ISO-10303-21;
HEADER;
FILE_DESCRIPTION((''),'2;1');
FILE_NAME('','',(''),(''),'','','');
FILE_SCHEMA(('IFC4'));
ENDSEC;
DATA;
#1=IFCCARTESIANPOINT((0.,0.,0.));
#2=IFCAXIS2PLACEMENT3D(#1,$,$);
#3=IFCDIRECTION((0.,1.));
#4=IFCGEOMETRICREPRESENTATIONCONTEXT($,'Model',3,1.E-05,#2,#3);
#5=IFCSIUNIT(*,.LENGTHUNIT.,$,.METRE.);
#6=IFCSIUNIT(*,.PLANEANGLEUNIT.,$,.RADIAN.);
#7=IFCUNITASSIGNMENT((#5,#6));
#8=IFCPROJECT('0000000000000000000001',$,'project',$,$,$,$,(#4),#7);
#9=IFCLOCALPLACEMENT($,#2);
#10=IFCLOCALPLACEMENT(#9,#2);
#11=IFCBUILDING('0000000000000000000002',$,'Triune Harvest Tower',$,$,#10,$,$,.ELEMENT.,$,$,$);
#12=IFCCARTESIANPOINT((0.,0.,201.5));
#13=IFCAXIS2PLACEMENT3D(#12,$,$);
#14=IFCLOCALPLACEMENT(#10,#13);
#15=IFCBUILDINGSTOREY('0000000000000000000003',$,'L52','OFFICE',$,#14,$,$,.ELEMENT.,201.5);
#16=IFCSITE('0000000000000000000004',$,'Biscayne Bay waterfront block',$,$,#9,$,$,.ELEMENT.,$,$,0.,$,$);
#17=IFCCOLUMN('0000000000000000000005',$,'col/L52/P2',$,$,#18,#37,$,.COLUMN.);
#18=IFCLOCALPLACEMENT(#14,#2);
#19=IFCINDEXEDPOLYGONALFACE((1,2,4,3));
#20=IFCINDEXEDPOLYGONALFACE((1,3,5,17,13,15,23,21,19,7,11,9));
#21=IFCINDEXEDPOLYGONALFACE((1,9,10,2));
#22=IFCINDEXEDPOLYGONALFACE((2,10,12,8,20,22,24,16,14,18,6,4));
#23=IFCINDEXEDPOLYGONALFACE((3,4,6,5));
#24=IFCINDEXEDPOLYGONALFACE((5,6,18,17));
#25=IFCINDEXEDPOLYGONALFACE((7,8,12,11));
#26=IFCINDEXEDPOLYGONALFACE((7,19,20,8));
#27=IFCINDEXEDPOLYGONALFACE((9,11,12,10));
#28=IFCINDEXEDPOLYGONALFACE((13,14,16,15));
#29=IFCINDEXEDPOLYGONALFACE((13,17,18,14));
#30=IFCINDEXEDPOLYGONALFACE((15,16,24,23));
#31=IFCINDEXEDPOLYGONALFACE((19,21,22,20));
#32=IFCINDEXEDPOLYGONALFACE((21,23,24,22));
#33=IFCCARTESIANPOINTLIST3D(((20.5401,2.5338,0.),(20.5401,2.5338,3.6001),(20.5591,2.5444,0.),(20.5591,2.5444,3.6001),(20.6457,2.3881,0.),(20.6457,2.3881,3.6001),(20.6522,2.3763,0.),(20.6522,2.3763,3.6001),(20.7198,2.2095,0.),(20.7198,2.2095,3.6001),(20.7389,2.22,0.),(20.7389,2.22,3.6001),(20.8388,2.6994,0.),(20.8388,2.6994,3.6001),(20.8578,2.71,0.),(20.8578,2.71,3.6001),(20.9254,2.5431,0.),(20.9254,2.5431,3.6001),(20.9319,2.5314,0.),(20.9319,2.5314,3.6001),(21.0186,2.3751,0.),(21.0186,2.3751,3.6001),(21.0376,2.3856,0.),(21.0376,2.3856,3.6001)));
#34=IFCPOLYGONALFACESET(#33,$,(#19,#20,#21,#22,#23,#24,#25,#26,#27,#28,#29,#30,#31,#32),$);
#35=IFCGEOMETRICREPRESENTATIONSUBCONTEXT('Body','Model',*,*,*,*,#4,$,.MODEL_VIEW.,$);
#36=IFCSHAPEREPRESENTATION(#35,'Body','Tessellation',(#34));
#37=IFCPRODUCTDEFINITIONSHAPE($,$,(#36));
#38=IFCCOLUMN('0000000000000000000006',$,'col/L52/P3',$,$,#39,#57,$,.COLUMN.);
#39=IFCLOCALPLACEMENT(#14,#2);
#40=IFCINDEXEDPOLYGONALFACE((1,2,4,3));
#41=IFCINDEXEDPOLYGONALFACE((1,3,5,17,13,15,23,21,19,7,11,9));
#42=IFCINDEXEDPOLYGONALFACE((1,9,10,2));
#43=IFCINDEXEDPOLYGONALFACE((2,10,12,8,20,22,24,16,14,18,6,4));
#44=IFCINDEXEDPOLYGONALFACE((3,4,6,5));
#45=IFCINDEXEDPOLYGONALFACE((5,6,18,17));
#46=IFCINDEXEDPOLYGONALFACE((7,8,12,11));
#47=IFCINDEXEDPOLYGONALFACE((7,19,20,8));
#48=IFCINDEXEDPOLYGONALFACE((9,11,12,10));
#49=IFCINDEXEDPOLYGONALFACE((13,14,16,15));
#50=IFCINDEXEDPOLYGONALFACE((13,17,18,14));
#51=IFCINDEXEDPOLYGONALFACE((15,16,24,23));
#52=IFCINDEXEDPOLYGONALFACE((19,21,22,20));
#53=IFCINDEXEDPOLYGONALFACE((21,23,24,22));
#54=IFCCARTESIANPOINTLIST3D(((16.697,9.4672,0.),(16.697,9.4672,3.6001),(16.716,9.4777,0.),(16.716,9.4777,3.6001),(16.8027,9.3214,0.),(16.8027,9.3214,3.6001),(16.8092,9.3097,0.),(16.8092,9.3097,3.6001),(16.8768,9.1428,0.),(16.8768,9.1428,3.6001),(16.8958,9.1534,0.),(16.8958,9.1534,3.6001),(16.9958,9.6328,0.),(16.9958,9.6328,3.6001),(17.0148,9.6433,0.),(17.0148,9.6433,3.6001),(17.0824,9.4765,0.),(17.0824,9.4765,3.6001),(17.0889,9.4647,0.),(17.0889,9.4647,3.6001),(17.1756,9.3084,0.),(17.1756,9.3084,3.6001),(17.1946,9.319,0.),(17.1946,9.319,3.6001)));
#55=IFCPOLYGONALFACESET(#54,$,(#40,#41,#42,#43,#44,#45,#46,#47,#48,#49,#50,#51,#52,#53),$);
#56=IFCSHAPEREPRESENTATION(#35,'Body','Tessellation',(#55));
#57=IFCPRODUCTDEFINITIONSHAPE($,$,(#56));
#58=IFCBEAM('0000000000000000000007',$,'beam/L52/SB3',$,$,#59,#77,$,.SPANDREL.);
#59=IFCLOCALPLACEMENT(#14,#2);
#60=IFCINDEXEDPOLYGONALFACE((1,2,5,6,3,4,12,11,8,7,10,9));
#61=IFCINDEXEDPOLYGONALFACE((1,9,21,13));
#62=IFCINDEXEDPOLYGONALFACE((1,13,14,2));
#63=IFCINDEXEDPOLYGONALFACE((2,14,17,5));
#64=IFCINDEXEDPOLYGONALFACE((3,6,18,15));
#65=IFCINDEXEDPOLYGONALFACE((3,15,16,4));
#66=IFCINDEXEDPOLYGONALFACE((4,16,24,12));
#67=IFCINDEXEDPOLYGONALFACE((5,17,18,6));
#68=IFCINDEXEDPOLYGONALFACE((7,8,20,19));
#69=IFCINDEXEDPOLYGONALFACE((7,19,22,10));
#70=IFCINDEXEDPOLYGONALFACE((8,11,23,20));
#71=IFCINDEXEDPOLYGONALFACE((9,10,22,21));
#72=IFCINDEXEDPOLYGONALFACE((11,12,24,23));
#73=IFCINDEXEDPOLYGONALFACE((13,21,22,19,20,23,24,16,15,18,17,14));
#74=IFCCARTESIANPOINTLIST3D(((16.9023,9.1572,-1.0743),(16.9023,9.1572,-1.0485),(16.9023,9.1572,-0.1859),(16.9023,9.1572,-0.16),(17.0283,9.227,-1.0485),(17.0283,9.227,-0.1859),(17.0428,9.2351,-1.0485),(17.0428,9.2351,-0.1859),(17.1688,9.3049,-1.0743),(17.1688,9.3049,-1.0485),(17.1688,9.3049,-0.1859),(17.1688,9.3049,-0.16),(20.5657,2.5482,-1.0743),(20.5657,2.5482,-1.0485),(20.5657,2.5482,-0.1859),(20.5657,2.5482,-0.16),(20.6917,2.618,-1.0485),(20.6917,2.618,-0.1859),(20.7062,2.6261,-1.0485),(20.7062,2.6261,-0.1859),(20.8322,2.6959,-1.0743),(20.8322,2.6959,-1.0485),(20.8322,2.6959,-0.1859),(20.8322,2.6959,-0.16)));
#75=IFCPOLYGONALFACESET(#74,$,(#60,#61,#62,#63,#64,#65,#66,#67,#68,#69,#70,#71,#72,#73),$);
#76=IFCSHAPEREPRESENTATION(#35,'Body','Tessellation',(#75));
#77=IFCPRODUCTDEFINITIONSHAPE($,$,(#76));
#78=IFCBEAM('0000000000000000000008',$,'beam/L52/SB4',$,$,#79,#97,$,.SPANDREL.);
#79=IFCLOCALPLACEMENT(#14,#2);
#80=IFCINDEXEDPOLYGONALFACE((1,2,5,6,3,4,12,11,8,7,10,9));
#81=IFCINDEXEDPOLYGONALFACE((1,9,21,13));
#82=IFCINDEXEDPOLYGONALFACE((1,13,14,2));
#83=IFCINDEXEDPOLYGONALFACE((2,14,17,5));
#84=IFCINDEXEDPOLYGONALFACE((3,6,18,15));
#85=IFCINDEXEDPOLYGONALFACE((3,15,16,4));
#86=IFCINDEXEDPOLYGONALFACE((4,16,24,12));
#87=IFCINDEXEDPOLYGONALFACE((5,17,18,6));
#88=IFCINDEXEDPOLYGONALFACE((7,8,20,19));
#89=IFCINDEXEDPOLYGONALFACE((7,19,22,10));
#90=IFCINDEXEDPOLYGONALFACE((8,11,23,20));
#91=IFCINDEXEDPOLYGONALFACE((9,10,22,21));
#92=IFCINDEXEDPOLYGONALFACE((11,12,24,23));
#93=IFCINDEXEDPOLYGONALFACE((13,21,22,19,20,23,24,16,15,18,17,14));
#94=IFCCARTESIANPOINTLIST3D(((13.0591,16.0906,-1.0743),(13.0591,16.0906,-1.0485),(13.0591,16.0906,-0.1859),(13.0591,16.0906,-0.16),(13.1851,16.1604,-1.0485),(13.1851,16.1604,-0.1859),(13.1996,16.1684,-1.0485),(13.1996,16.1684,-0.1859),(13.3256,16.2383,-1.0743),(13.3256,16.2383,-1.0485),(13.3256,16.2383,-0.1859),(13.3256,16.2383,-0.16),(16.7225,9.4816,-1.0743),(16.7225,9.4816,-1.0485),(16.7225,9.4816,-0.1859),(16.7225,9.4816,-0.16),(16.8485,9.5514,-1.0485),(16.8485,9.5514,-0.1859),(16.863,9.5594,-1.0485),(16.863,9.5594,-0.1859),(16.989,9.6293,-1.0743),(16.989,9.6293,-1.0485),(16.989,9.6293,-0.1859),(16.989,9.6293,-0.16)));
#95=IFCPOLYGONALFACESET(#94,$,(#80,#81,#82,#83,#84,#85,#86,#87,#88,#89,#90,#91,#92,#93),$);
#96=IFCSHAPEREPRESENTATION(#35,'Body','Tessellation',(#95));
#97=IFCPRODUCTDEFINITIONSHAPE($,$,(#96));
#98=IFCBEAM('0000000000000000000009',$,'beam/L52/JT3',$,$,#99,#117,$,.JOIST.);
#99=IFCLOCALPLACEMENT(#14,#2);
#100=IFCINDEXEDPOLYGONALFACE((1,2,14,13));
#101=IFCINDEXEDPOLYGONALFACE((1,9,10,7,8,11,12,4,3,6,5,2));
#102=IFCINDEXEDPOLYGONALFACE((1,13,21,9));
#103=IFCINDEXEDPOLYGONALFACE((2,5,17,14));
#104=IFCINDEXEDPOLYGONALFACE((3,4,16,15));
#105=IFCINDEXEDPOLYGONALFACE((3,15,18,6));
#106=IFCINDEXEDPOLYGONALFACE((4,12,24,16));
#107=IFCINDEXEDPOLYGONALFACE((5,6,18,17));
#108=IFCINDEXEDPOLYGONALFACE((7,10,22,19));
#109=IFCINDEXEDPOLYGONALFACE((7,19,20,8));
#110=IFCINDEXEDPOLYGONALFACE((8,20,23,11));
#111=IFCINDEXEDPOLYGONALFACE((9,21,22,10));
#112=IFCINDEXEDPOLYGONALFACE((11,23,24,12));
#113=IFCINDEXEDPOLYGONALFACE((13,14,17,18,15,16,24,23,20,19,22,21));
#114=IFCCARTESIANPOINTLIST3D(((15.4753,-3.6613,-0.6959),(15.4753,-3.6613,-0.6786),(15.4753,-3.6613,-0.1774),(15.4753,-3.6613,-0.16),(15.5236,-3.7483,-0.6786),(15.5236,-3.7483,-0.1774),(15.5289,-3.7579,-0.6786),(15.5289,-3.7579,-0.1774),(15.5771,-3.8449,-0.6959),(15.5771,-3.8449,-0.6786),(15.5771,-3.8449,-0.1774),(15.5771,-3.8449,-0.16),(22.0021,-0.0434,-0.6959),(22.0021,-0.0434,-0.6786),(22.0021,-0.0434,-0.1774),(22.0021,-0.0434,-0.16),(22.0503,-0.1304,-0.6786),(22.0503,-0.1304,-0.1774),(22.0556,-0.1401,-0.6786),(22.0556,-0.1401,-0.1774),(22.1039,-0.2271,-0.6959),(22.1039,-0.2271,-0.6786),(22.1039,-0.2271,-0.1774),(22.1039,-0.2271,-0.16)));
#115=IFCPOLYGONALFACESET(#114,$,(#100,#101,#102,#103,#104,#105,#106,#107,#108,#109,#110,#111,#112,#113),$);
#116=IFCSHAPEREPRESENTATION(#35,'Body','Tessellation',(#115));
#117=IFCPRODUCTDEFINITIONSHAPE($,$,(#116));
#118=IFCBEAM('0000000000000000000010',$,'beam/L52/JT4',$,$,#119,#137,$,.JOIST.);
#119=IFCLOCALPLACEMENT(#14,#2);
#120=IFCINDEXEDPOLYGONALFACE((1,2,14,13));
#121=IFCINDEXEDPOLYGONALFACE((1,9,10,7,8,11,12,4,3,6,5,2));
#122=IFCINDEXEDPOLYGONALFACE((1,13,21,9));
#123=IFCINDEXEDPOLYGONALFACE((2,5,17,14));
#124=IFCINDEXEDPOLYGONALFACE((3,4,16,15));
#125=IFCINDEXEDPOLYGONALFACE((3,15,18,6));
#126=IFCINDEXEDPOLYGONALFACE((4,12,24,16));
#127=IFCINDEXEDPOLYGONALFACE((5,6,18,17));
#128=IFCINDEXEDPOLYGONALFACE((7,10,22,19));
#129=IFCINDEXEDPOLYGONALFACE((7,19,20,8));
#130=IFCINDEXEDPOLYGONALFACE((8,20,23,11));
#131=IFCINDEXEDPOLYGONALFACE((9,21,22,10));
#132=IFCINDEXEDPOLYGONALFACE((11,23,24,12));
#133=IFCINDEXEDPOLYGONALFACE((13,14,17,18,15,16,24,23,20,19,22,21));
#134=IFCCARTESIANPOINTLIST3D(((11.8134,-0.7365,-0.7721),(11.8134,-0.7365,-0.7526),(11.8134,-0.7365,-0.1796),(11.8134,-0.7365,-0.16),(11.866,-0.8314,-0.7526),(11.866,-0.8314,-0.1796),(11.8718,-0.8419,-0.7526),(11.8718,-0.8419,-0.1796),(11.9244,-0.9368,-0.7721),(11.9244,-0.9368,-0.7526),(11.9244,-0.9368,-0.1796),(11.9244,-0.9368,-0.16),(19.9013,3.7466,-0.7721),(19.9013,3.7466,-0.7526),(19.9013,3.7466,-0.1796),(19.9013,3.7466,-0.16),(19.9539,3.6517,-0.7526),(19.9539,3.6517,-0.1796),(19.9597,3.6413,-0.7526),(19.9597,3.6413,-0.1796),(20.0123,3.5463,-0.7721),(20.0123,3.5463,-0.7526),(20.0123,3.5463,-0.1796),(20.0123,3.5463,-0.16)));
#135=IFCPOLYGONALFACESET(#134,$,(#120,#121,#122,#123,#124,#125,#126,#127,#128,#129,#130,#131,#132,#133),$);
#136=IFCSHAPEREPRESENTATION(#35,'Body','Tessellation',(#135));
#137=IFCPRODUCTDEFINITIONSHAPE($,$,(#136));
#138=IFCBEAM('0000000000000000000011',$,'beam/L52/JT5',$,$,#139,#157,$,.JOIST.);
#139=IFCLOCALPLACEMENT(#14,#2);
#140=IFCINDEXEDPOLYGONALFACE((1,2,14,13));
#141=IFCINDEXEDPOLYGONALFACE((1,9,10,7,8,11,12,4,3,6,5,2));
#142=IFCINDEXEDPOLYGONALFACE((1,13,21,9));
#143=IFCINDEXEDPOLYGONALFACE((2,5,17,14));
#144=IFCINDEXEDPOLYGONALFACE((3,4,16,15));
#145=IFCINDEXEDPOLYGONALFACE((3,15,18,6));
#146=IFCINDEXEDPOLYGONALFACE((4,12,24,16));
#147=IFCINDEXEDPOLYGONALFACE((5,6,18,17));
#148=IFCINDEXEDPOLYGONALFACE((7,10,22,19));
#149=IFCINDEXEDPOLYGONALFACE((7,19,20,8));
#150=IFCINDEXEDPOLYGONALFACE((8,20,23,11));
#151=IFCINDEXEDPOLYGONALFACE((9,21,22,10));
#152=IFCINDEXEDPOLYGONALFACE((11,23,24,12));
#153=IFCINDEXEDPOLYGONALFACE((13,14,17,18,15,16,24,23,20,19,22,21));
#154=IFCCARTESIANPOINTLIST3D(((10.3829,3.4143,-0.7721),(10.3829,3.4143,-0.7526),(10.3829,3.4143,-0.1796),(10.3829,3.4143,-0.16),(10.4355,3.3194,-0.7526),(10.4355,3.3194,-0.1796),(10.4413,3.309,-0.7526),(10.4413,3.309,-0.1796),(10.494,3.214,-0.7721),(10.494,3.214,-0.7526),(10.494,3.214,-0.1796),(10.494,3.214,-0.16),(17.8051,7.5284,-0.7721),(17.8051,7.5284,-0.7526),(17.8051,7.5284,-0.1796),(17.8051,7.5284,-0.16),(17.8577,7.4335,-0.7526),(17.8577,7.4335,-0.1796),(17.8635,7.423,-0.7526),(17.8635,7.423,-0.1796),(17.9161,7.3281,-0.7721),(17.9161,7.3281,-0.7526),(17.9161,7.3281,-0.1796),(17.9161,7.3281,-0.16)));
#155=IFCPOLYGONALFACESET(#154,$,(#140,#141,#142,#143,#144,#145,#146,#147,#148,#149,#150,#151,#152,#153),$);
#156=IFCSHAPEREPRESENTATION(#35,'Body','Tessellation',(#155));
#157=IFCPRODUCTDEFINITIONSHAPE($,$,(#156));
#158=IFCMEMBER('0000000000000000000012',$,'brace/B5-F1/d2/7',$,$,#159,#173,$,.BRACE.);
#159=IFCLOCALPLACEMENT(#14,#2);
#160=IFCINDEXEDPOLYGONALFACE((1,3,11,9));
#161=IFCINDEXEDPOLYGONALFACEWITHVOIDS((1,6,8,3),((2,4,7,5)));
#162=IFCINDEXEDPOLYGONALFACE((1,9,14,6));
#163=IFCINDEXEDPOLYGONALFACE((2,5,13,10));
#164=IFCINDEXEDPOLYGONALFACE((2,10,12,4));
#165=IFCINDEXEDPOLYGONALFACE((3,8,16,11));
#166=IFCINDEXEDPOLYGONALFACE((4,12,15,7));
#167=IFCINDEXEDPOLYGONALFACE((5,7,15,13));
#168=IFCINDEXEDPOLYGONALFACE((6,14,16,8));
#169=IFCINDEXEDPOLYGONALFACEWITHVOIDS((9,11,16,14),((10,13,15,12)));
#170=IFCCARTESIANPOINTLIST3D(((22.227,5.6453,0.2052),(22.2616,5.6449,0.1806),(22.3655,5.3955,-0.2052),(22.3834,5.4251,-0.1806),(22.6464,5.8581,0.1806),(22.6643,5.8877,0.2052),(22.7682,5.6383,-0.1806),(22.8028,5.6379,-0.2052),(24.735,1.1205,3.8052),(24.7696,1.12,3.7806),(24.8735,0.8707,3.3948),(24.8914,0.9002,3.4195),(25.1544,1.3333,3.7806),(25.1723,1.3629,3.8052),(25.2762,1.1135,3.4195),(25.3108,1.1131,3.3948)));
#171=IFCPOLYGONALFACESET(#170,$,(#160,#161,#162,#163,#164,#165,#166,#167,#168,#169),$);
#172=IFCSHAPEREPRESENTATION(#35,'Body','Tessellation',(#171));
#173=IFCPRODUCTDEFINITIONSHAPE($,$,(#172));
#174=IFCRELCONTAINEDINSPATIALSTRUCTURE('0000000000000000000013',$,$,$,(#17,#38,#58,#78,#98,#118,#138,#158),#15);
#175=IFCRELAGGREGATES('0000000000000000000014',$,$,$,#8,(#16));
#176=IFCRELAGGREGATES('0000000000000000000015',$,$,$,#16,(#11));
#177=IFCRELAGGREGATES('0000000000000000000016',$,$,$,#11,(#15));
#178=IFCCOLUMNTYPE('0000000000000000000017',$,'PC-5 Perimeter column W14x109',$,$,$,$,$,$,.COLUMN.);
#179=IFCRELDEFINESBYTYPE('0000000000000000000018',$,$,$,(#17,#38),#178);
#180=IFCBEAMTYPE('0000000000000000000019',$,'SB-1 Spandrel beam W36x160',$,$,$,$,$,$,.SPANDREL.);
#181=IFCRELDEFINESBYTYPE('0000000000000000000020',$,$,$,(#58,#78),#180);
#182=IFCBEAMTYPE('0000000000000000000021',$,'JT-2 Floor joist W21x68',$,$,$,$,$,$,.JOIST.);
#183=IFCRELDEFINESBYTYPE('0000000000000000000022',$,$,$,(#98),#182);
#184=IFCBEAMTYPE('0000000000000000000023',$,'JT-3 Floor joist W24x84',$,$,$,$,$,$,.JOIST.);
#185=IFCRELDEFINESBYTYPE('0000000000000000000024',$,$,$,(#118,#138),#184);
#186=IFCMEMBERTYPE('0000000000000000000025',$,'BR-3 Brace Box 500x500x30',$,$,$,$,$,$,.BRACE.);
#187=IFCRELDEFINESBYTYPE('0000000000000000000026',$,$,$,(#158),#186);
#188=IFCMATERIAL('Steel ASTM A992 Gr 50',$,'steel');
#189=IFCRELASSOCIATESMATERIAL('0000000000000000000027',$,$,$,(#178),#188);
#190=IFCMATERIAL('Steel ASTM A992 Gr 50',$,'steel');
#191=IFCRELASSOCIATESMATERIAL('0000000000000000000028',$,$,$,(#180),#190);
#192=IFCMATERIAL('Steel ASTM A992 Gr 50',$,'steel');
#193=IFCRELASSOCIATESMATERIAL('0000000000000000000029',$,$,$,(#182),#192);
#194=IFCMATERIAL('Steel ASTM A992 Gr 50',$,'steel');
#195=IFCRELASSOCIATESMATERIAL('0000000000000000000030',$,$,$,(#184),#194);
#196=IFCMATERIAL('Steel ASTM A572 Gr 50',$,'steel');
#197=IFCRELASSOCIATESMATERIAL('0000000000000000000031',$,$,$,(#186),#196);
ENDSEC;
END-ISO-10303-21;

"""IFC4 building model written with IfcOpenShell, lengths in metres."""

from ifc_helpers import new_model, si_unit, direction, frame, origin, origin_2d, place, context, subcontext, project, spatial, hollow_rectangle, i_section, extrude, source, transform, mapped, material, material_profile, profile_set, type_object, element, save


model = new_model("IFC4")

# Units and contexts
model_context = context("Model", 3, precision=1e-05, world=origin(), true_north=direction((0.0, 1.0)))
body_context = subcontext(model_context, "Body", "Model", "MODEL_VIEW")
ifc_project = project(units=[si_unit("LENGTHUNIT", "METRE"), si_unit("PLANEANGLEUNIT", "RADIAN")], contexts=[model_context])

# Site, building, storey
site_placement = place(None, origin())
site = spatial("IfcSite", under=ifc_project, at=site_placement, Name="Biscayne Bay waterfront block", CompositionType="ELEMENT", RefElevation=0.0)
building_placement = place(site_placement, origin())
building = spatial("IfcBuilding", under=site, at=building_placement, Name="Triune Harvest Tower", CompositionType="ELEMENT")
storey_placement = place(building_placement, frame((0.0, 0.0, 201.5)))
storey = spatial("IfcBuildingStorey", under=building, at=storey_placement, Name="L52", Description="OFFICE", CompositionType="ELEMENT", Elevation=201.5)

# Columns
ifc_material_1 = material(Name="Steel ASTM A992 Gr 50", Category="steel")
ifc_material_profile_1 = material_profile(ifc_material_1, i_section(OverallWidth=0.3708, OverallDepth=0.3633, WebThickness=0.0134, FlangeThickness=0.0217, at=origin_2d()), Name="W14x109")
ifc_profile_set_1 = profile_set([ifc_material_profile_1], Name="Steel ASTM A992 Gr 50")
column_type = type_object("IfcColumnType", Name="PC-5 Perimeter column W14x109", PredefinedType="COLUMN", material=ifc_profile_set_1)
shared_shape_1 = source(origin(), body_context, "Body", "SweptSolid", [
    extrude(i_section(OverallWidth=0.3708, OverallDepth=0.3633, WebThickness=0.0134, FlangeThickness=0.0217, at=origin_2d()), origin(), (0.0, 0.0, 1.0), 3.6001),
])
for number, where, z_axis, x_axis, name in (
    (1, (20.7888, 2.4597, 0.0), (0.0, 0.0, 1.0), (-0.48481, 0.87462, 0.0), "col/L52/P2"),
    (2, (16.9458, 9.3931, 0.0), (0.0, 0.0, 1.0), (-0.48481, 0.87462, 0.0), "col/L52/P3"),
):
    element("IfcColumn", number, at=place(storey_placement, frame(where, z_axis=z_axis, x_axis=x_axis)), inside=storey, type_object=column_type, Name=name, PredefinedType="COLUMN", context=body_context, shape_type="MappedRepresentation", body=[
        mapped(shared_shape_1, transform((0.0, 0.0, 0.0), scale=1.0)),
    ])

# Beams
ifc_material_2 = material(Name="Steel ASTM A992 Gr 50", Category="steel")
ifc_material_profile_2 = material_profile(ifc_material_2, i_section(OverallWidth=0.3047, OverallDepth=0.9143, WebThickness=0.0166, FlangeThickness=0.0259, at=origin_2d()), Name="W36x160")
ifc_profile_set_2 = profile_set([ifc_material_profile_2], Name="Steel ASTM A992 Gr 50")
beam_type_1 = type_object("IfcBeamType", Name="SB-1 Spandrel beam W36x160", PredefinedType="SPANDREL", material=ifc_profile_set_2)
shared_shape_2 = source(origin(), body_context, "Body", "SweptSolid", [
    extrude(i_section(OverallWidth=0.3047, OverallDepth=0.9143, WebThickness=0.0166, FlangeThickness=0.0259, at=origin_2d()), origin(), (0.0, 0.0, 1.0), 7.5564),
])
for number, where, z_axis, x_axis, name in (
    (3, (20.699, 2.6221, -0.6172), (-0.484806, 0.874622, 0.0), (-0.874622, -0.484806, 0.0), "beam/L52/SB3"),
    (4, (16.8557, 9.5554, -0.6172), (-0.484806, 0.874622, 0.0), (-0.874622, -0.484806, 0.0), "beam/L52/SB4"),
):
    element("IfcBeam", number, at=place(storey_placement, frame(where, z_axis=z_axis, x_axis=x_axis)), inside=storey, type_object=beam_type_1, Name=name, PredefinedType="SPANDREL", context=body_context, shape_type="MappedRepresentation", body=[
        mapped(shared_shape_2, transform((0.0, 0.0, 0.0), scale=1.0)),
    ])
ifc_material_3 = material(Name="Steel ASTM A992 Gr 50", Category="steel")
ifc_material_profile_3 = material_profile(ifc_material_3, i_section(OverallWidth=0.21, OverallDepth=0.5359, WebThickness=0.011, FlangeThickness=0.0173, at=origin_2d()), Name="W21x68")
ifc_profile_set_3 = profile_set([ifc_material_profile_3], Name="Steel ASTM A992 Gr 50")
beam_type_2 = type_object("IfcBeamType", Name="JT-2 Floor joist W21x68", PredefinedType="JOIST", material=ifc_profile_set_3)
shared_shape_3 = source(origin(), body_context, "Body", "SweptSolid", [
    extrude(i_section(OverallWidth=0.21, OverallDepth=0.5359, WebThickness=0.011, FlangeThickness=0.0173, at=origin_2d()), origin(), (0.0, 0.0, 1.0), 7.4624),
])
beam_1_placement = place(storey_placement, frame((22.053, -0.1353, -0.428), z_axis=(-0.874618, -0.484812, 0.0), x_axis=(0.484812, -0.874618, 0.0)))
element("IfcBeam", 5, at=beam_1_placement, inside=storey, type_object=beam_type_2, Name="beam/L52/JT3", PredefinedType="JOIST", context=body_context, shape_type="MappedRepresentation", body=[
    mapped(shared_shape_3, transform((0.0, 0.0, 0.0), scale=1.0)),
])
ifc_material_4 = material(Name="Steel ASTM A992 Gr 50", Category="steel")
ifc_material_profile_4 = material_profile(ifc_material_4, i_section(OverallWidth=0.229, OverallDepth=0.6121, WebThickness=0.012, FlangeThickness=0.0195, at=origin_2d()), Name="W24x84")
ifc_profile_set_4 = profile_set([ifc_material_profile_4], Name="Steel ASTM A992 Gr 50")
beam_type_3 = type_object("IfcBeamType", Name="JT-3 Floor joist W24x84", PredefinedType="JOIST", material=ifc_profile_set_4)
shared_shape_4 = source(origin(), body_context, "Body", "SweptSolid", [
    extrude(i_section(OverallWidth=0.229, OverallDepth=0.6121, WebThickness=0.012, FlangeThickness=0.0195, at=origin_2d()), origin(), (0.0, 0.0, 1.0), 9.2473),
])
beam_2_placement = place(storey_placement, frame((19.9568, 3.6465, -0.4661), z_axis=(-0.874621, -0.484807, 0.0), x_axis=(0.484807, -0.874621, 0.0)))
element("IfcBeam", 6, at=beam_2_placement, inside=storey, type_object=beam_type_3, Name="beam/L52/JT4", PredefinedType="JOIST", context=body_context, shape_type="MappedRepresentation", body=[
    mapped(shared_shape_4, transform((0.0, 0.0, 0.0), scale=1.0)),
])
shared_shape_5 = source(origin(), body_context, "Body", "SweptSolid", [
    extrude(i_section(OverallWidth=0.229, OverallDepth=0.6121, WebThickness=0.012, FlangeThickness=0.0195, at=origin_2d()), origin(), (0.0, 0.0, 1.0), 8.4861),
])
beam_3_placement = place(storey_placement, frame((17.8606, 7.4282, -0.4661), z_axis=(-0.874626, -0.484798, 0.0), x_axis=(0.484798, -0.874626, 0.0)))
element("IfcBeam", 7, at=beam_3_placement, inside=storey, type_object=beam_type_3, Name="beam/L52/JT5", PredefinedType="JOIST", context=body_context, shape_type="MappedRepresentation", body=[
    mapped(shared_shape_5, transform((0.0, 0.0, 0.0), scale=1.0)),
])

# Member
ifc_material_5 = material(Name="Steel ASTM A572 Gr 50", Category="steel")
ifc_material_profile_5 = material_profile(ifc_material_5, hollow_rectangle(XDim=0.5, YDim=0.5, WallThickness=0.03, at=origin_2d()), Name="Box 500x500x30")
ifc_profile_set_5 = profile_set([ifc_material_profile_5], Name="Steel ASTM A572 Gr 50")
member_type_1 = type_object("IfcMemberType", Name="BR-3 Brace Box 500x500x30", PredefinedType="BRACE", material=ifc_profile_set_5)
shared_shape_6 = source(origin(), body_context, "Body", "SweptSolid", [
    extrude(hollow_rectangle(XDim=0.5, YDim=0.5, WallThickness=0.03, at=origin_2d()), origin(), (0.0, 0.0, 1.0), 6.3027),
])
member_1_placement = place(storey_placement, frame((22.5149, 5.6416, 0.0), z_axis=(0.397925, -0.717915, 0.571187), x_axis=(0.874631, 0.484789, 0.0)))
element("IfcMember", 8, at=member_1_placement, inside=storey, type_object=member_type_1, Name="brace/B5-F1/d2/7", PredefinedType="BRACE", context=body_context, shape_type="MappedRepresentation", body=[
    mapped(shared_shape_6, transform((0.0, 0.0, 0.0), scale=1.0)),
])

save(model, "model.ifc")
